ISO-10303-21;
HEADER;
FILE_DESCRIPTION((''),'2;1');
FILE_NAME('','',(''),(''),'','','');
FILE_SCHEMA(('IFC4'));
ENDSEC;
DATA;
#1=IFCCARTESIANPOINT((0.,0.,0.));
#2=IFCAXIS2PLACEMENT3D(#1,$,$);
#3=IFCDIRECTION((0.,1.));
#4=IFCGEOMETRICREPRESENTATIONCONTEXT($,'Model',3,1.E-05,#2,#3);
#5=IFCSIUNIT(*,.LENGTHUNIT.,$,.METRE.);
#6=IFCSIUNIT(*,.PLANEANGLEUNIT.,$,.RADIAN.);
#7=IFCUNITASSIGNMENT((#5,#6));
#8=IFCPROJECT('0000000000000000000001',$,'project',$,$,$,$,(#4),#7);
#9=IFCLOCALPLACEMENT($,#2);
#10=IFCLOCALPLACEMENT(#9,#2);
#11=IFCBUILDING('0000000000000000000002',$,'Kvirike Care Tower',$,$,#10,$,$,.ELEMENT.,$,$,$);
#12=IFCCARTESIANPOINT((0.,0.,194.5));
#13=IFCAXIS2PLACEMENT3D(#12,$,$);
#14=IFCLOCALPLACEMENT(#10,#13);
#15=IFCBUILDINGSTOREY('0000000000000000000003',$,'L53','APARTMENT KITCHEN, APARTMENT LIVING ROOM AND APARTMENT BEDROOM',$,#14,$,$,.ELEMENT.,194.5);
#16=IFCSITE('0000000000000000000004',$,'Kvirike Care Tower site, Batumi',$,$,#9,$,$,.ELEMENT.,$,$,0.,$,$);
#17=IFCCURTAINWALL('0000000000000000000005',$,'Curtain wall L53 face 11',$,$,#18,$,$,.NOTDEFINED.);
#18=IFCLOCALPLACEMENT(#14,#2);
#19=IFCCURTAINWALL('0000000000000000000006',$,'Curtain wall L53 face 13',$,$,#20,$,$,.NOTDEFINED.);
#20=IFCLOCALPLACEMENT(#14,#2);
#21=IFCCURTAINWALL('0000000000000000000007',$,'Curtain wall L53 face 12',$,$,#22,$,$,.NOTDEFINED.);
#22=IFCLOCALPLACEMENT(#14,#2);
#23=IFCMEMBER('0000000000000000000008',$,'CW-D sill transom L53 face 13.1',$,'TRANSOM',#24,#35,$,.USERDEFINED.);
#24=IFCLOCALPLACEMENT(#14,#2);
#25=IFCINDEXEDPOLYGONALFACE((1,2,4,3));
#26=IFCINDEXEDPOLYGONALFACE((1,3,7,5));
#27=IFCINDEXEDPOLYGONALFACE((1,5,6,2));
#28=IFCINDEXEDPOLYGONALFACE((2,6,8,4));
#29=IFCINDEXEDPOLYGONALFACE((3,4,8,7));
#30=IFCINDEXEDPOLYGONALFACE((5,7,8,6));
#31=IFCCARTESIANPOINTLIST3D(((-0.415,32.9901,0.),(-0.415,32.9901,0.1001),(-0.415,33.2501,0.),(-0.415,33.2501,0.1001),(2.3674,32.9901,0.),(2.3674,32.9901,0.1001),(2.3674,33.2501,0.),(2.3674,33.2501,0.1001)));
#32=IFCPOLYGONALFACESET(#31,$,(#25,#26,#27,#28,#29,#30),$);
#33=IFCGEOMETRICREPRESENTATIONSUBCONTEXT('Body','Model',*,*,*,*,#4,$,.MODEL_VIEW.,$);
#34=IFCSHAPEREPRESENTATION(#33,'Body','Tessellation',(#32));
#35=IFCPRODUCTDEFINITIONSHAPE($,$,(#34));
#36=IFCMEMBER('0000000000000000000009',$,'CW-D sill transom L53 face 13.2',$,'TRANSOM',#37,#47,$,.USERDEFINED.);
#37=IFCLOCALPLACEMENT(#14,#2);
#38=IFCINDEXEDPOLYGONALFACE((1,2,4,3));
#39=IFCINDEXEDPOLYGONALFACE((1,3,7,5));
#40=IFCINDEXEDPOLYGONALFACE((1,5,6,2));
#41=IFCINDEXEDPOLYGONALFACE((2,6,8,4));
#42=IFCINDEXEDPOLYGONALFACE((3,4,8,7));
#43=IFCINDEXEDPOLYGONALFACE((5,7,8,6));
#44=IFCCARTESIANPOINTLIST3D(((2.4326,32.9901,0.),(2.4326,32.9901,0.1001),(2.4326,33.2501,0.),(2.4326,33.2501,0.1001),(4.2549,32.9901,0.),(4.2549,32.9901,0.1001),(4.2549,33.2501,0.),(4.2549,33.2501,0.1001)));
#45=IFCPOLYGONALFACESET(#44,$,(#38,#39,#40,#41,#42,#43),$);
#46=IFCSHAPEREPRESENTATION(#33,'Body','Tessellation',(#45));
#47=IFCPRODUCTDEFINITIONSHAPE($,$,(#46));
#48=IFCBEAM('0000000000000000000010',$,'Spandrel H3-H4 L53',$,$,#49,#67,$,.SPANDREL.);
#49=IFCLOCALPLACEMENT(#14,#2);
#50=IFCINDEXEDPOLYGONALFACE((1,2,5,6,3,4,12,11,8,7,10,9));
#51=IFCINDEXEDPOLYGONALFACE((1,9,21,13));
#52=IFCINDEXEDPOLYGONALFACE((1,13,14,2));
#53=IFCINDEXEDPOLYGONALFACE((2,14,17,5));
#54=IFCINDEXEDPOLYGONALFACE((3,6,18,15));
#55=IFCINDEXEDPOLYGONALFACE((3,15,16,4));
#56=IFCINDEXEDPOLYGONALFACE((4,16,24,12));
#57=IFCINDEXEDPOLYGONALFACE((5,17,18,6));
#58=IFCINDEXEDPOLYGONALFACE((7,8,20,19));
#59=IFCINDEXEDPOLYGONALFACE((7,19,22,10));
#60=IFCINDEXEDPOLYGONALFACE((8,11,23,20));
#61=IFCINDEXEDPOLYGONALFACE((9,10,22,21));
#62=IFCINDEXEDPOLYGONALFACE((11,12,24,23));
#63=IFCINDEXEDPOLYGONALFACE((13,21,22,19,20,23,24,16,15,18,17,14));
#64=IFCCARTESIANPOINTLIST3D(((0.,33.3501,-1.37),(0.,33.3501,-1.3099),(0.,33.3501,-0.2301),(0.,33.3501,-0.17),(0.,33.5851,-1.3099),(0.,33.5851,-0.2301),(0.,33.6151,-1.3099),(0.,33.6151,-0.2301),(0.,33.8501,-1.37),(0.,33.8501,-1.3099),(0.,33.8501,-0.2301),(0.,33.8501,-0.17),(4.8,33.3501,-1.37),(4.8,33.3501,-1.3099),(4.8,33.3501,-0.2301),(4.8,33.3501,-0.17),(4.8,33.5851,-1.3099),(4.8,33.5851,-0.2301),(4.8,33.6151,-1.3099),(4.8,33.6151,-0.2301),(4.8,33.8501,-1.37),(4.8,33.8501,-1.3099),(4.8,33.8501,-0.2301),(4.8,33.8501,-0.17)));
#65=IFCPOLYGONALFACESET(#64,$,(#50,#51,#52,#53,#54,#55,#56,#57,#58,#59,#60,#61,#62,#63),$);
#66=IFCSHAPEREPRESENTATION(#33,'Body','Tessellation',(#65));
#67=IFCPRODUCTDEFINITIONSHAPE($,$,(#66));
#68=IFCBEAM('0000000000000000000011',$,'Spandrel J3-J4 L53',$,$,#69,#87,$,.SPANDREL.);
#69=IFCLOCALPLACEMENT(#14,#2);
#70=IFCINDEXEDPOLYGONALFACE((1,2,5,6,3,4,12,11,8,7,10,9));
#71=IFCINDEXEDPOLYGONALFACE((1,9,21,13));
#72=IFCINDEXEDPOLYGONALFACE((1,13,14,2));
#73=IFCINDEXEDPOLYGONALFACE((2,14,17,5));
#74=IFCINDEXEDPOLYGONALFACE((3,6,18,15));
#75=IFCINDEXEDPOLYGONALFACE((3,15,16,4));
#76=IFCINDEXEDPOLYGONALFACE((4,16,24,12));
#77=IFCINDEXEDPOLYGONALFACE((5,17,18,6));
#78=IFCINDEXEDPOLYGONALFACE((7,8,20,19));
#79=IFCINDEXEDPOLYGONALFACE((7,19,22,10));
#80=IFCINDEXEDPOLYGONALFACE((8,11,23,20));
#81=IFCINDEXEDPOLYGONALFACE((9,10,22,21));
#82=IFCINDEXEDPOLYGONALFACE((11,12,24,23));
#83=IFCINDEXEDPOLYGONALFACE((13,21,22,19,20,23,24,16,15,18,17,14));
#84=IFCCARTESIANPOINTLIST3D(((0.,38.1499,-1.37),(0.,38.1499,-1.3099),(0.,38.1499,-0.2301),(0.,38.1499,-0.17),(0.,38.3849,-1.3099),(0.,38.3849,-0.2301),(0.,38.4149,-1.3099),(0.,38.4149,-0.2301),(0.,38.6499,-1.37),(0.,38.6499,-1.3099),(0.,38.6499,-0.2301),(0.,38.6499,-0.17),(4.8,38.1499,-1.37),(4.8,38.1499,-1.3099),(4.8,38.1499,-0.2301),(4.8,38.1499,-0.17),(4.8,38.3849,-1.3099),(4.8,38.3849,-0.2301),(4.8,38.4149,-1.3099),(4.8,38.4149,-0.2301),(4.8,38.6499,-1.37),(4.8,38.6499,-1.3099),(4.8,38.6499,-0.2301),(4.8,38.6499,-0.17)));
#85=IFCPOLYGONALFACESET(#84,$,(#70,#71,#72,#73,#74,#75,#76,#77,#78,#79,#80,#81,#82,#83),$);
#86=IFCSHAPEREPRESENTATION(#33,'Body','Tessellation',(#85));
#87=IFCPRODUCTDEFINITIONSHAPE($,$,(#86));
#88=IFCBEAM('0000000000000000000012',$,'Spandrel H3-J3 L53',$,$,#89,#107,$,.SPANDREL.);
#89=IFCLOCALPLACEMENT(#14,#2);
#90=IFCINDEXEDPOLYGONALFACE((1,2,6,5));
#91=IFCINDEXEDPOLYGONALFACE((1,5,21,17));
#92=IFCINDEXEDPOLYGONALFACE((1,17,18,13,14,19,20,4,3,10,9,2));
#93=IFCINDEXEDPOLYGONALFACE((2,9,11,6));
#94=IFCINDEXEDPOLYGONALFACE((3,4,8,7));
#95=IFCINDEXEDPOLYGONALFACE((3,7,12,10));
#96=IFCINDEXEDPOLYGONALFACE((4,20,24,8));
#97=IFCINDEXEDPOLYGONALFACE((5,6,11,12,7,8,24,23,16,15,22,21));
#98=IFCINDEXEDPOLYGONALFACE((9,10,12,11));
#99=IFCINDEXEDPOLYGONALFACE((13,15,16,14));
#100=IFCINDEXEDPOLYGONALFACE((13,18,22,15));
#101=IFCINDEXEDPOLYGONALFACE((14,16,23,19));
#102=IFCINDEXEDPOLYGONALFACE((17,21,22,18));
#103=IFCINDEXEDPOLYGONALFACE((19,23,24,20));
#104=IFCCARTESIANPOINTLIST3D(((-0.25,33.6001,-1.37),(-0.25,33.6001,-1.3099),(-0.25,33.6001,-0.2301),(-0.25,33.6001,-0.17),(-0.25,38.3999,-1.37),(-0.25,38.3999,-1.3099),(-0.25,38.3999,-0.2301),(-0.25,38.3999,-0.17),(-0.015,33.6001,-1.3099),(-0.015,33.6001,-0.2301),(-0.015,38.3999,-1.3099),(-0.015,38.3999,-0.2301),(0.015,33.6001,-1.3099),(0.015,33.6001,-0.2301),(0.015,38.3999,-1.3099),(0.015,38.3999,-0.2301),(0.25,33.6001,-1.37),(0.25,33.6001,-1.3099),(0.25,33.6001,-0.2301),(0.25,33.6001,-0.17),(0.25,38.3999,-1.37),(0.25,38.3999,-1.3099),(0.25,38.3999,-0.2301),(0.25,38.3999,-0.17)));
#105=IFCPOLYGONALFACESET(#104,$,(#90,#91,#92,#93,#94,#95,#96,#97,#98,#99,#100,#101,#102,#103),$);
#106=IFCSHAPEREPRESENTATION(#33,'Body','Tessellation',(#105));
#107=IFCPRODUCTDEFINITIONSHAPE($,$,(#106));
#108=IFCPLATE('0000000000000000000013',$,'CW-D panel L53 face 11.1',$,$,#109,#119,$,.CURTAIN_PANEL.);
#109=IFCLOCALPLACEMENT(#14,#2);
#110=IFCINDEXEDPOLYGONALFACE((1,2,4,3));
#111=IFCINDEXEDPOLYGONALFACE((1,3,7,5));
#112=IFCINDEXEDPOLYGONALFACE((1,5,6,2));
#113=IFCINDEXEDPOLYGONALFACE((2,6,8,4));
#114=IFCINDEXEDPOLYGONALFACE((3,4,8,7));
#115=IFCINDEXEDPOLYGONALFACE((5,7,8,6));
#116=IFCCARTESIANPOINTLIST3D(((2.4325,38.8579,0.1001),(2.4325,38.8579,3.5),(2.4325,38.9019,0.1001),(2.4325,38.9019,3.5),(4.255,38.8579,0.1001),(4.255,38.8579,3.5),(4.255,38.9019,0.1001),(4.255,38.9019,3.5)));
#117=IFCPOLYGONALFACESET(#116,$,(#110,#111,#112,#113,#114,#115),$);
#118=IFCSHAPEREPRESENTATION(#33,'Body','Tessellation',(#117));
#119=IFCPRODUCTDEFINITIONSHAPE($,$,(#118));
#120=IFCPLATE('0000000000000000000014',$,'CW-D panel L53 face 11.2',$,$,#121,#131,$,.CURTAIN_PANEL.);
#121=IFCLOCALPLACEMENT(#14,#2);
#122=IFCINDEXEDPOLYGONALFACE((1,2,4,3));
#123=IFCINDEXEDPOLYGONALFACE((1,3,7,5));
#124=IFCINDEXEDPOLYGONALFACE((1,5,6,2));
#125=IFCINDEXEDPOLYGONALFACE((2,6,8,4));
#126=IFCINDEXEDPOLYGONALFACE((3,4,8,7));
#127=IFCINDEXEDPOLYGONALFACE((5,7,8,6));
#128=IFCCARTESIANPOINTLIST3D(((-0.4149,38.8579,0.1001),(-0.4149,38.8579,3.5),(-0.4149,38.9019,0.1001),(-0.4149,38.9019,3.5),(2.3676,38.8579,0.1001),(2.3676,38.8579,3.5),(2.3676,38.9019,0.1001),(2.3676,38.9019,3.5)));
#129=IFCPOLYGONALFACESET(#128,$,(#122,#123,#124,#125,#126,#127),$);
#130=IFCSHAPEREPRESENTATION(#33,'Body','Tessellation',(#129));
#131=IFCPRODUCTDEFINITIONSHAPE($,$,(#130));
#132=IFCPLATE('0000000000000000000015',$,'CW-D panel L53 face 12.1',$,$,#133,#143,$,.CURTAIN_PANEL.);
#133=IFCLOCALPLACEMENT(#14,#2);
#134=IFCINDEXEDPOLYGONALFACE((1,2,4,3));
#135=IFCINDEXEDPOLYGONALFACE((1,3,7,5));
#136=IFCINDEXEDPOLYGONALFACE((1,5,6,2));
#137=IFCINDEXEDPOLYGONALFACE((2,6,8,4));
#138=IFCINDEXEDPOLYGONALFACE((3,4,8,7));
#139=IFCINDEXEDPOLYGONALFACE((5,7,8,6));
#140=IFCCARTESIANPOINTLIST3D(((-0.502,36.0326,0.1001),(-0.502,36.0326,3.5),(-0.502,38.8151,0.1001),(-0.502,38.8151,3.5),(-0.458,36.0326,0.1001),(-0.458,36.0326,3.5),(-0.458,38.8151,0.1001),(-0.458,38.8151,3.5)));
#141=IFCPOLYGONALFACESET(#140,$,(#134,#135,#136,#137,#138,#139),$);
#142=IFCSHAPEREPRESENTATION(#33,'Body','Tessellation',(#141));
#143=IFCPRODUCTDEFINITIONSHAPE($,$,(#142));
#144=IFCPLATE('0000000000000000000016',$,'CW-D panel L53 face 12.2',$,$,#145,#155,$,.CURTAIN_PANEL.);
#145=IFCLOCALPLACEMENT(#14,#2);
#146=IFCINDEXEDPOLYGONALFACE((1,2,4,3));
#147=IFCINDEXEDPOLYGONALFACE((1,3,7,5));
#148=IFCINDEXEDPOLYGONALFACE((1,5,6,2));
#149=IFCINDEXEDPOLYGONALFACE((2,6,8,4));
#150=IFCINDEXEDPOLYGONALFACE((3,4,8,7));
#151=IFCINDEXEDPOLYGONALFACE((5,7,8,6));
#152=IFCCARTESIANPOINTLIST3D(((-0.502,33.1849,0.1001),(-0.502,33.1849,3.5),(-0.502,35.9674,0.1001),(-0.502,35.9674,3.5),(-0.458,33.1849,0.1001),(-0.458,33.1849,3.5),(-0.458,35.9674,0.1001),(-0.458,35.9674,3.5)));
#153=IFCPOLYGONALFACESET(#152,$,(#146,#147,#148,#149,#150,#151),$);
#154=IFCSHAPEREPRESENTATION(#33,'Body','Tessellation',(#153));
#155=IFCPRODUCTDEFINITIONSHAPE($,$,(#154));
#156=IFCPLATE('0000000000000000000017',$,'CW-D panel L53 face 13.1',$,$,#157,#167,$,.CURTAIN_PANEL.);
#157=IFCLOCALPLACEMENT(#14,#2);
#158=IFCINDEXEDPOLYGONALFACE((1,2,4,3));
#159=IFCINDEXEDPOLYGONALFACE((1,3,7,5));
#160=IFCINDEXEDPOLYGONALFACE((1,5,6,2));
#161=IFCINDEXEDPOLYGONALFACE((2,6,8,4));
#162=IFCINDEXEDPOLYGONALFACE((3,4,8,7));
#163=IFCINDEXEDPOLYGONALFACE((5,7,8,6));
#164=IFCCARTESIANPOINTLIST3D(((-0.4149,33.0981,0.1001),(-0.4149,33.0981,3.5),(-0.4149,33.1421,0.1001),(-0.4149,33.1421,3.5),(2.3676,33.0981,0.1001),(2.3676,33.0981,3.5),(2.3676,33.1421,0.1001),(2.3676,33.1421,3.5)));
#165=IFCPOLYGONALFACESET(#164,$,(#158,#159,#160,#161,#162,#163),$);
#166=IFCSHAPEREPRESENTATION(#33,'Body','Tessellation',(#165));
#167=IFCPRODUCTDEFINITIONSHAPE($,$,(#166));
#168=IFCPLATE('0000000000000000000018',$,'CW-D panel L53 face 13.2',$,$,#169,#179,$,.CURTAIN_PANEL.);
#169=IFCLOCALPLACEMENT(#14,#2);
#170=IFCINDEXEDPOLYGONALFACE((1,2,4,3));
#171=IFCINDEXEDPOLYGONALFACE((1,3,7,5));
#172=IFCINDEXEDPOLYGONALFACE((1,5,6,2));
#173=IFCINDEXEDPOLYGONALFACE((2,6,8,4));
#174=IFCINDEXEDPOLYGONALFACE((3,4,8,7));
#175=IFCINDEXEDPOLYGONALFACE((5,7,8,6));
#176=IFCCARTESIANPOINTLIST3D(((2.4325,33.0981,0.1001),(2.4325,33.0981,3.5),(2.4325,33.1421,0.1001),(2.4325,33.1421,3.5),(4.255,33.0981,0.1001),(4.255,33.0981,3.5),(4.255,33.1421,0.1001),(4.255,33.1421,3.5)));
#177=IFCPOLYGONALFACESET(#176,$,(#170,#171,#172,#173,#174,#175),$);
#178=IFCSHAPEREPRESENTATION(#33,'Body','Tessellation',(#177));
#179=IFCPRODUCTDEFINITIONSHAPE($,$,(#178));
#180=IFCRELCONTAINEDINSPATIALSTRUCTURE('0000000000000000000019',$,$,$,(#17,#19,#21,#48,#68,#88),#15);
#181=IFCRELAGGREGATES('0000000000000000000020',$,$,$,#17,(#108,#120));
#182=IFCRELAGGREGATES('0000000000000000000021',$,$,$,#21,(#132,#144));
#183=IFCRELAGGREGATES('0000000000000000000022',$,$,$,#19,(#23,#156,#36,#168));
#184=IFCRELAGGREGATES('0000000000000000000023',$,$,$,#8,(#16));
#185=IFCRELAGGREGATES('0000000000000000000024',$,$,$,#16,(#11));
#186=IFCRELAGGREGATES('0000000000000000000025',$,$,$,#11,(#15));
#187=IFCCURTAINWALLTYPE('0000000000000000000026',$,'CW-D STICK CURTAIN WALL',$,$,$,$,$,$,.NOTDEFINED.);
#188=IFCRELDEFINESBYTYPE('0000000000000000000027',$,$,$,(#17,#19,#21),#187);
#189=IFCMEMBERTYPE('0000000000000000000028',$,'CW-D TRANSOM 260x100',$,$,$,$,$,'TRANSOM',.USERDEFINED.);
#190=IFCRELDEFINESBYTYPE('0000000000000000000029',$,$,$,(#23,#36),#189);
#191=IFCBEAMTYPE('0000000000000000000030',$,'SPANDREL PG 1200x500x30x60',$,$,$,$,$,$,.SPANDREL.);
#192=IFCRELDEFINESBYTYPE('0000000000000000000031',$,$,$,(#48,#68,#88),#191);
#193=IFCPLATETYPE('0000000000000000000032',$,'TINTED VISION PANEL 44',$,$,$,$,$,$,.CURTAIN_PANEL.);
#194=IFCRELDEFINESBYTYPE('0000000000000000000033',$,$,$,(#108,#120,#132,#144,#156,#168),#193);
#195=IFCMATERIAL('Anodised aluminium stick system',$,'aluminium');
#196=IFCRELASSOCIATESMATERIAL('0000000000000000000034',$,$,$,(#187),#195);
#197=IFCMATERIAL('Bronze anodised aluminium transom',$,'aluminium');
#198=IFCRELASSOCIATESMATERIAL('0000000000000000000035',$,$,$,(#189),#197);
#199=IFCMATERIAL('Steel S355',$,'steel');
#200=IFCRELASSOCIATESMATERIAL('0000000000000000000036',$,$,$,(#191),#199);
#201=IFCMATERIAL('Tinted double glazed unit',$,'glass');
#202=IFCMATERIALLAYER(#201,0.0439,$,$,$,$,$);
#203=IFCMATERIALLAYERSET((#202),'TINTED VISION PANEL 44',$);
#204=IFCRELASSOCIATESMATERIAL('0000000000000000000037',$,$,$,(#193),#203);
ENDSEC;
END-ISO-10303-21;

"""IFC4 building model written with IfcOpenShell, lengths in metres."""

from ifc_helpers import new_model, si_unit, direction, frame, origin, origin_2d, place, context, subcontext, project, spatial, rectangle, i_section, extrude, material, layer, layer_set, material_profile, profile_set, type_object, element, aggregate, save


model = new_model("IFC4")

# Units and contexts
model_context = context("Model", 3, precision=1e-05, world=origin(), true_north=direction((0.0, 1.0)))
body_context = subcontext(model_context, "Body", "Model", "MODEL_VIEW")
ifc_project = project(units=[si_unit("LENGTHUNIT", "METRE"), si_unit("PLANEANGLEUNIT", "RADIAN")], contexts=[model_context])

# Site, building, storey
site_placement = place(None, origin())
site = spatial("IfcSite", under=ifc_project, at=site_placement, Name="Kvirike Care Tower site, Batumi", CompositionType="ELEMENT", RefElevation=0.0)
building_placement = place(site_placement, origin())
building = spatial("IfcBuilding", under=site, at=building_placement, Name="Kvirike Care Tower", CompositionType="ELEMENT")
storey_placement = place(building_placement, frame((0.0, 0.0, 194.5)))
storey = spatial("IfcBuildingStorey", under=building, at=storey_placement, Name="L53", Description="APARTMENT KITCHEN, APARTMENT LIVING ROOM AND APARTMENT BEDROOM", CompositionType="ELEMENT", Elevation=194.5)

# Curtain walls
ifc_material_1 = material(Name="Anodised aluminium stick system", Category="aluminium")
curtain_wall_type = type_object("IfcCurtainWallType", Name="CW-D STICK CURTAIN WALL", PredefinedType="NOTDEFINED", material=ifc_material_1)
curtain_wall_1_placement = place(storey_placement, origin())
curtain_wall_1 = element("IfcCurtainWall", 1, at=curtain_wall_1_placement, inside=storey, type_object=curtain_wall_type, Name="Curtain wall L53 face 11", PredefinedType="NOTDEFINED")
curtain_wall_2_placement = place(storey_placement, origin())
curtain_wall_2 = element("IfcCurtainWall", 2, at=curtain_wall_2_placement, inside=storey, type_object=curtain_wall_type, Name="Curtain wall L53 face 13", PredefinedType="NOTDEFINED")

# Curtain wall
curtain_wall_3_placement = place(storey_placement, origin())
curtain_wall_3 = element("IfcCurtainWall", 3, at=curtain_wall_3_placement, inside=storey, type_object=curtain_wall_type, Name="Curtain wall L53 face 12", PredefinedType="NOTDEFINED")

# Members
ifc_material_2 = material(Name="Bronze anodised aluminium transom", Category="aluminium")
ifc_material_profile_1 = material_profile(ifc_material_2, rectangle(XDim=0.26, YDim=0.1001, at=origin_2d()), Name="CW-D TRANSOM 260x100")
ifc_profile_set_1 = profile_set([ifc_material_profile_1], Name="Bronze anodised aluminium transom")
member_type_1 = type_object("IfcMemberType", Name="CW-D TRANSOM 260x100", ElementType="TRANSOM", PredefinedType="USERDEFINED", material=ifc_profile_set_1)
member_1_placement = place(storey_placement, frame((-0.415, 33.1201, 0.05), z_axis=(1.0, 0.0, 0.0), x_axis=(0.0, 1.0, 0.0)))
member_1 = element("IfcMember", 4, at=member_1_placement, type_object=member_type_1, Name="CW-D sill transom L53 face 13.1", ObjectType="TRANSOM", PredefinedType="USERDEFINED", context=body_context, shape_type="SweptSolid", body=[
    extrude(rectangle(XDim=0.26, YDim=0.1001, at=origin_2d()), origin(), (0.0, 0.0, 1.0), 2.7825),
])
member_2_placement = place(storey_placement, frame((2.4326, 33.1201, 0.05), z_axis=(1.0, 0.0, 0.0), x_axis=(0.0, 1.0, 0.0)))
member_2 = element("IfcMember", 5, at=member_2_placement, type_object=member_type_1, Name="CW-D sill transom L53 face 13.2", ObjectType="TRANSOM", PredefinedType="USERDEFINED", context=body_context, shape_type="SweptSolid", body=[
    extrude(rectangle(XDim=0.26, YDim=0.1001, at=origin_2d()), origin(), (0.0, 0.0, 1.0), 1.8223),
])

# Beams
ifc_material_3 = material(Name="Steel S355", Category="steel")
ifc_material_profile_2 = material_profile(ifc_material_3, i_section(OverallWidth=0.5, OverallDepth=1.2, WebThickness=0.03, FlangeThickness=0.0601, at=origin_2d()), Name="PG 1200x500x30x60")
ifc_profile_set_2 = profile_set([ifc_material_profile_2], Name="Steel S355")
beam_type = type_object("IfcBeamType", Name="SPANDREL PG 1200x500x30x60", PredefinedType="SPANDREL", material=ifc_profile_set_2)
for number, where, z_axis, x_axis, name in (
    (6, (0.0, 33.6001, -0.77), (1.0, 0.0, 0.0), (0.0, 1.0, 0.0), "Spandrel H3-H4 L53"),
    (7, (0.0, 38.3999, -0.77), (1.0, 0.0, 0.0), (0.0, 1.0, 0.0), "Spandrel J3-J4 L53"),
):
    element("IfcBeam", number, at=place(storey_placement, frame(where, z_axis=z_axis, x_axis=x_axis)), inside=storey, type_object=beam_type, Name=name, PredefinedType="SPANDREL", context=body_context, shape_type="SweptSolid", body=[
        extrude(i_section(OverallWidth=0.5, OverallDepth=1.2, WebThickness=0.03, FlangeThickness=0.0601, at=origin_2d()), origin(), (0.0, 0.0, 1.0), 4.8),
    ])
beam_placement = place(storey_placement, frame((0.0, 33.6001, -0.77), z_axis=(0.0, 1.0, 0.0), x_axis=(-1.0, 0.0, 0.0)))
element("IfcBeam", 8, at=beam_placement, inside=storey, type_object=beam_type, Name="Spandrel H3-J3 L53", PredefinedType="SPANDREL", context=body_context, shape_type="SweptSolid", body=[
    extrude(i_section(OverallWidth=0.5, OverallDepth=1.2, WebThickness=0.03, FlangeThickness=0.0601, at=origin_2d()), origin(), (0.0, 0.0, 1.0), 4.7998),
])

# Plates
ifc_material_4 = material(Name="Tinted double glazed unit", Category="glass")
ifc_layer = layer(ifc_material_4, 0.0439)
ifc_layer_set = layer_set([ifc_layer], Name="TINTED VISION PANEL 44")
plate_type = type_object("IfcPlateType", Name="TINTED VISION PANEL 44", PredefinedType="CURTAIN_PANEL", material=ifc_layer_set)
plate_1_placement = place(storey_placement, frame((3.3438, 38.8799, 0.1001), z_axis=(0.0, 0.0, 1.0), x_axis=(-1.0, 0.0, 0.0)))
plate_1 = element("IfcPlate", 9, at=plate_1_placement, type_object=plate_type, Name="CW-D panel L53 face 11.1", PredefinedType="CURTAIN_PANEL", context=body_context, shape_type="SweptSolid", body=[
    extrude(rectangle(XDim=1.8225, YDim=0.0439, at=origin_2d()), origin(), (0.0, 0.0, 1.0), 3.3999),
])
plate_2_placement = place(storey_placement, frame((0.9763, 38.8799, 0.1001), z_axis=(0.0, 0.0, 1.0), x_axis=(-1.0, 0.0, 0.0)))
plate_2 = element("IfcPlate", 10, at=plate_2_placement, type_object=plate_type, Name="CW-D panel L53 face 11.2", PredefinedType="CURTAIN_PANEL", context=body_context, shape_type="SweptSolid", body=[
    extrude(rectangle(XDim=2.7825, YDim=0.0439, at=origin_2d()), origin(), (0.0, 0.0, 1.0), 3.3999),
])
aggregate(curtain_wall_1, [plate_1, plate_2])
plate_3_placement = place(storey_placement, frame((-0.48, 37.4238, 0.1001), z_axis=(0.0, 0.0, 1.0), x_axis=(0.0, -1.0, 0.0)))
plate_3 = element("IfcPlate", 11, at=plate_3_placement, type_object=plate_type, Name="CW-D panel L53 face 12.1", PredefinedType="CURTAIN_PANEL", context=body_context, shape_type="SweptSolid", body=[
    extrude(rectangle(XDim=2.7825, YDim=0.0439, at=origin_2d()), origin(), (0.0, 0.0, 1.0), 3.3999),
])
plate_4_placement = place(storey_placement, frame((-0.48, 34.5762, 0.1001), z_axis=(0.0, 0.0, 1.0), x_axis=(0.0, -1.0, 0.0)))
plate_4 = element("IfcPlate", 12, at=plate_4_placement, type_object=plate_type, Name="CW-D panel L53 face 12.2", PredefinedType="CURTAIN_PANEL", context=body_context, shape_type="SweptSolid", body=[
    extrude(rectangle(XDim=2.7825, YDim=0.0439, at=origin_2d()), origin(), (0.0, 0.0, 1.0), 3.3999),
])
aggregate(curtain_wall_3, [plate_3, plate_4])
plate_5_placement = place(storey_placement, frame((0.9763, 33.1201, 0.1001), z_axis=(0.0, 0.0, 1.0), x_axis=(1.0, 0.0, 0.0)))
plate_5 = element("IfcPlate", 13, at=plate_5_placement, type_object=plate_type, Name="CW-D panel L53 face 13.1", PredefinedType="CURTAIN_PANEL", context=body_context, shape_type="SweptSolid", body=[
    extrude(rectangle(XDim=2.7825, YDim=0.0439, at=origin_2d()), origin(), (0.0, 0.0, 1.0), 3.3999),
])
plate_6_placement = place(storey_placement, frame((3.3438, 33.1201, 0.1001), z_axis=(0.0, 0.0, 1.0), x_axis=(1.0, 0.0, 0.0)))
plate_6 = element("IfcPlate", 14, at=plate_6_placement, type_object=plate_type, Name="CW-D panel L53 face 13.2", PredefinedType="CURTAIN_PANEL", context=body_context, shape_type="SweptSolid", body=[
    extrude(rectangle(XDim=1.8225, YDim=0.0439, at=origin_2d()), origin(), (0.0, 0.0, 1.0), 3.3999),
])
aggregate(curtain_wall_2, [member_1, plate_5, member_2, plate_6])

save(model, "model.ifc")
